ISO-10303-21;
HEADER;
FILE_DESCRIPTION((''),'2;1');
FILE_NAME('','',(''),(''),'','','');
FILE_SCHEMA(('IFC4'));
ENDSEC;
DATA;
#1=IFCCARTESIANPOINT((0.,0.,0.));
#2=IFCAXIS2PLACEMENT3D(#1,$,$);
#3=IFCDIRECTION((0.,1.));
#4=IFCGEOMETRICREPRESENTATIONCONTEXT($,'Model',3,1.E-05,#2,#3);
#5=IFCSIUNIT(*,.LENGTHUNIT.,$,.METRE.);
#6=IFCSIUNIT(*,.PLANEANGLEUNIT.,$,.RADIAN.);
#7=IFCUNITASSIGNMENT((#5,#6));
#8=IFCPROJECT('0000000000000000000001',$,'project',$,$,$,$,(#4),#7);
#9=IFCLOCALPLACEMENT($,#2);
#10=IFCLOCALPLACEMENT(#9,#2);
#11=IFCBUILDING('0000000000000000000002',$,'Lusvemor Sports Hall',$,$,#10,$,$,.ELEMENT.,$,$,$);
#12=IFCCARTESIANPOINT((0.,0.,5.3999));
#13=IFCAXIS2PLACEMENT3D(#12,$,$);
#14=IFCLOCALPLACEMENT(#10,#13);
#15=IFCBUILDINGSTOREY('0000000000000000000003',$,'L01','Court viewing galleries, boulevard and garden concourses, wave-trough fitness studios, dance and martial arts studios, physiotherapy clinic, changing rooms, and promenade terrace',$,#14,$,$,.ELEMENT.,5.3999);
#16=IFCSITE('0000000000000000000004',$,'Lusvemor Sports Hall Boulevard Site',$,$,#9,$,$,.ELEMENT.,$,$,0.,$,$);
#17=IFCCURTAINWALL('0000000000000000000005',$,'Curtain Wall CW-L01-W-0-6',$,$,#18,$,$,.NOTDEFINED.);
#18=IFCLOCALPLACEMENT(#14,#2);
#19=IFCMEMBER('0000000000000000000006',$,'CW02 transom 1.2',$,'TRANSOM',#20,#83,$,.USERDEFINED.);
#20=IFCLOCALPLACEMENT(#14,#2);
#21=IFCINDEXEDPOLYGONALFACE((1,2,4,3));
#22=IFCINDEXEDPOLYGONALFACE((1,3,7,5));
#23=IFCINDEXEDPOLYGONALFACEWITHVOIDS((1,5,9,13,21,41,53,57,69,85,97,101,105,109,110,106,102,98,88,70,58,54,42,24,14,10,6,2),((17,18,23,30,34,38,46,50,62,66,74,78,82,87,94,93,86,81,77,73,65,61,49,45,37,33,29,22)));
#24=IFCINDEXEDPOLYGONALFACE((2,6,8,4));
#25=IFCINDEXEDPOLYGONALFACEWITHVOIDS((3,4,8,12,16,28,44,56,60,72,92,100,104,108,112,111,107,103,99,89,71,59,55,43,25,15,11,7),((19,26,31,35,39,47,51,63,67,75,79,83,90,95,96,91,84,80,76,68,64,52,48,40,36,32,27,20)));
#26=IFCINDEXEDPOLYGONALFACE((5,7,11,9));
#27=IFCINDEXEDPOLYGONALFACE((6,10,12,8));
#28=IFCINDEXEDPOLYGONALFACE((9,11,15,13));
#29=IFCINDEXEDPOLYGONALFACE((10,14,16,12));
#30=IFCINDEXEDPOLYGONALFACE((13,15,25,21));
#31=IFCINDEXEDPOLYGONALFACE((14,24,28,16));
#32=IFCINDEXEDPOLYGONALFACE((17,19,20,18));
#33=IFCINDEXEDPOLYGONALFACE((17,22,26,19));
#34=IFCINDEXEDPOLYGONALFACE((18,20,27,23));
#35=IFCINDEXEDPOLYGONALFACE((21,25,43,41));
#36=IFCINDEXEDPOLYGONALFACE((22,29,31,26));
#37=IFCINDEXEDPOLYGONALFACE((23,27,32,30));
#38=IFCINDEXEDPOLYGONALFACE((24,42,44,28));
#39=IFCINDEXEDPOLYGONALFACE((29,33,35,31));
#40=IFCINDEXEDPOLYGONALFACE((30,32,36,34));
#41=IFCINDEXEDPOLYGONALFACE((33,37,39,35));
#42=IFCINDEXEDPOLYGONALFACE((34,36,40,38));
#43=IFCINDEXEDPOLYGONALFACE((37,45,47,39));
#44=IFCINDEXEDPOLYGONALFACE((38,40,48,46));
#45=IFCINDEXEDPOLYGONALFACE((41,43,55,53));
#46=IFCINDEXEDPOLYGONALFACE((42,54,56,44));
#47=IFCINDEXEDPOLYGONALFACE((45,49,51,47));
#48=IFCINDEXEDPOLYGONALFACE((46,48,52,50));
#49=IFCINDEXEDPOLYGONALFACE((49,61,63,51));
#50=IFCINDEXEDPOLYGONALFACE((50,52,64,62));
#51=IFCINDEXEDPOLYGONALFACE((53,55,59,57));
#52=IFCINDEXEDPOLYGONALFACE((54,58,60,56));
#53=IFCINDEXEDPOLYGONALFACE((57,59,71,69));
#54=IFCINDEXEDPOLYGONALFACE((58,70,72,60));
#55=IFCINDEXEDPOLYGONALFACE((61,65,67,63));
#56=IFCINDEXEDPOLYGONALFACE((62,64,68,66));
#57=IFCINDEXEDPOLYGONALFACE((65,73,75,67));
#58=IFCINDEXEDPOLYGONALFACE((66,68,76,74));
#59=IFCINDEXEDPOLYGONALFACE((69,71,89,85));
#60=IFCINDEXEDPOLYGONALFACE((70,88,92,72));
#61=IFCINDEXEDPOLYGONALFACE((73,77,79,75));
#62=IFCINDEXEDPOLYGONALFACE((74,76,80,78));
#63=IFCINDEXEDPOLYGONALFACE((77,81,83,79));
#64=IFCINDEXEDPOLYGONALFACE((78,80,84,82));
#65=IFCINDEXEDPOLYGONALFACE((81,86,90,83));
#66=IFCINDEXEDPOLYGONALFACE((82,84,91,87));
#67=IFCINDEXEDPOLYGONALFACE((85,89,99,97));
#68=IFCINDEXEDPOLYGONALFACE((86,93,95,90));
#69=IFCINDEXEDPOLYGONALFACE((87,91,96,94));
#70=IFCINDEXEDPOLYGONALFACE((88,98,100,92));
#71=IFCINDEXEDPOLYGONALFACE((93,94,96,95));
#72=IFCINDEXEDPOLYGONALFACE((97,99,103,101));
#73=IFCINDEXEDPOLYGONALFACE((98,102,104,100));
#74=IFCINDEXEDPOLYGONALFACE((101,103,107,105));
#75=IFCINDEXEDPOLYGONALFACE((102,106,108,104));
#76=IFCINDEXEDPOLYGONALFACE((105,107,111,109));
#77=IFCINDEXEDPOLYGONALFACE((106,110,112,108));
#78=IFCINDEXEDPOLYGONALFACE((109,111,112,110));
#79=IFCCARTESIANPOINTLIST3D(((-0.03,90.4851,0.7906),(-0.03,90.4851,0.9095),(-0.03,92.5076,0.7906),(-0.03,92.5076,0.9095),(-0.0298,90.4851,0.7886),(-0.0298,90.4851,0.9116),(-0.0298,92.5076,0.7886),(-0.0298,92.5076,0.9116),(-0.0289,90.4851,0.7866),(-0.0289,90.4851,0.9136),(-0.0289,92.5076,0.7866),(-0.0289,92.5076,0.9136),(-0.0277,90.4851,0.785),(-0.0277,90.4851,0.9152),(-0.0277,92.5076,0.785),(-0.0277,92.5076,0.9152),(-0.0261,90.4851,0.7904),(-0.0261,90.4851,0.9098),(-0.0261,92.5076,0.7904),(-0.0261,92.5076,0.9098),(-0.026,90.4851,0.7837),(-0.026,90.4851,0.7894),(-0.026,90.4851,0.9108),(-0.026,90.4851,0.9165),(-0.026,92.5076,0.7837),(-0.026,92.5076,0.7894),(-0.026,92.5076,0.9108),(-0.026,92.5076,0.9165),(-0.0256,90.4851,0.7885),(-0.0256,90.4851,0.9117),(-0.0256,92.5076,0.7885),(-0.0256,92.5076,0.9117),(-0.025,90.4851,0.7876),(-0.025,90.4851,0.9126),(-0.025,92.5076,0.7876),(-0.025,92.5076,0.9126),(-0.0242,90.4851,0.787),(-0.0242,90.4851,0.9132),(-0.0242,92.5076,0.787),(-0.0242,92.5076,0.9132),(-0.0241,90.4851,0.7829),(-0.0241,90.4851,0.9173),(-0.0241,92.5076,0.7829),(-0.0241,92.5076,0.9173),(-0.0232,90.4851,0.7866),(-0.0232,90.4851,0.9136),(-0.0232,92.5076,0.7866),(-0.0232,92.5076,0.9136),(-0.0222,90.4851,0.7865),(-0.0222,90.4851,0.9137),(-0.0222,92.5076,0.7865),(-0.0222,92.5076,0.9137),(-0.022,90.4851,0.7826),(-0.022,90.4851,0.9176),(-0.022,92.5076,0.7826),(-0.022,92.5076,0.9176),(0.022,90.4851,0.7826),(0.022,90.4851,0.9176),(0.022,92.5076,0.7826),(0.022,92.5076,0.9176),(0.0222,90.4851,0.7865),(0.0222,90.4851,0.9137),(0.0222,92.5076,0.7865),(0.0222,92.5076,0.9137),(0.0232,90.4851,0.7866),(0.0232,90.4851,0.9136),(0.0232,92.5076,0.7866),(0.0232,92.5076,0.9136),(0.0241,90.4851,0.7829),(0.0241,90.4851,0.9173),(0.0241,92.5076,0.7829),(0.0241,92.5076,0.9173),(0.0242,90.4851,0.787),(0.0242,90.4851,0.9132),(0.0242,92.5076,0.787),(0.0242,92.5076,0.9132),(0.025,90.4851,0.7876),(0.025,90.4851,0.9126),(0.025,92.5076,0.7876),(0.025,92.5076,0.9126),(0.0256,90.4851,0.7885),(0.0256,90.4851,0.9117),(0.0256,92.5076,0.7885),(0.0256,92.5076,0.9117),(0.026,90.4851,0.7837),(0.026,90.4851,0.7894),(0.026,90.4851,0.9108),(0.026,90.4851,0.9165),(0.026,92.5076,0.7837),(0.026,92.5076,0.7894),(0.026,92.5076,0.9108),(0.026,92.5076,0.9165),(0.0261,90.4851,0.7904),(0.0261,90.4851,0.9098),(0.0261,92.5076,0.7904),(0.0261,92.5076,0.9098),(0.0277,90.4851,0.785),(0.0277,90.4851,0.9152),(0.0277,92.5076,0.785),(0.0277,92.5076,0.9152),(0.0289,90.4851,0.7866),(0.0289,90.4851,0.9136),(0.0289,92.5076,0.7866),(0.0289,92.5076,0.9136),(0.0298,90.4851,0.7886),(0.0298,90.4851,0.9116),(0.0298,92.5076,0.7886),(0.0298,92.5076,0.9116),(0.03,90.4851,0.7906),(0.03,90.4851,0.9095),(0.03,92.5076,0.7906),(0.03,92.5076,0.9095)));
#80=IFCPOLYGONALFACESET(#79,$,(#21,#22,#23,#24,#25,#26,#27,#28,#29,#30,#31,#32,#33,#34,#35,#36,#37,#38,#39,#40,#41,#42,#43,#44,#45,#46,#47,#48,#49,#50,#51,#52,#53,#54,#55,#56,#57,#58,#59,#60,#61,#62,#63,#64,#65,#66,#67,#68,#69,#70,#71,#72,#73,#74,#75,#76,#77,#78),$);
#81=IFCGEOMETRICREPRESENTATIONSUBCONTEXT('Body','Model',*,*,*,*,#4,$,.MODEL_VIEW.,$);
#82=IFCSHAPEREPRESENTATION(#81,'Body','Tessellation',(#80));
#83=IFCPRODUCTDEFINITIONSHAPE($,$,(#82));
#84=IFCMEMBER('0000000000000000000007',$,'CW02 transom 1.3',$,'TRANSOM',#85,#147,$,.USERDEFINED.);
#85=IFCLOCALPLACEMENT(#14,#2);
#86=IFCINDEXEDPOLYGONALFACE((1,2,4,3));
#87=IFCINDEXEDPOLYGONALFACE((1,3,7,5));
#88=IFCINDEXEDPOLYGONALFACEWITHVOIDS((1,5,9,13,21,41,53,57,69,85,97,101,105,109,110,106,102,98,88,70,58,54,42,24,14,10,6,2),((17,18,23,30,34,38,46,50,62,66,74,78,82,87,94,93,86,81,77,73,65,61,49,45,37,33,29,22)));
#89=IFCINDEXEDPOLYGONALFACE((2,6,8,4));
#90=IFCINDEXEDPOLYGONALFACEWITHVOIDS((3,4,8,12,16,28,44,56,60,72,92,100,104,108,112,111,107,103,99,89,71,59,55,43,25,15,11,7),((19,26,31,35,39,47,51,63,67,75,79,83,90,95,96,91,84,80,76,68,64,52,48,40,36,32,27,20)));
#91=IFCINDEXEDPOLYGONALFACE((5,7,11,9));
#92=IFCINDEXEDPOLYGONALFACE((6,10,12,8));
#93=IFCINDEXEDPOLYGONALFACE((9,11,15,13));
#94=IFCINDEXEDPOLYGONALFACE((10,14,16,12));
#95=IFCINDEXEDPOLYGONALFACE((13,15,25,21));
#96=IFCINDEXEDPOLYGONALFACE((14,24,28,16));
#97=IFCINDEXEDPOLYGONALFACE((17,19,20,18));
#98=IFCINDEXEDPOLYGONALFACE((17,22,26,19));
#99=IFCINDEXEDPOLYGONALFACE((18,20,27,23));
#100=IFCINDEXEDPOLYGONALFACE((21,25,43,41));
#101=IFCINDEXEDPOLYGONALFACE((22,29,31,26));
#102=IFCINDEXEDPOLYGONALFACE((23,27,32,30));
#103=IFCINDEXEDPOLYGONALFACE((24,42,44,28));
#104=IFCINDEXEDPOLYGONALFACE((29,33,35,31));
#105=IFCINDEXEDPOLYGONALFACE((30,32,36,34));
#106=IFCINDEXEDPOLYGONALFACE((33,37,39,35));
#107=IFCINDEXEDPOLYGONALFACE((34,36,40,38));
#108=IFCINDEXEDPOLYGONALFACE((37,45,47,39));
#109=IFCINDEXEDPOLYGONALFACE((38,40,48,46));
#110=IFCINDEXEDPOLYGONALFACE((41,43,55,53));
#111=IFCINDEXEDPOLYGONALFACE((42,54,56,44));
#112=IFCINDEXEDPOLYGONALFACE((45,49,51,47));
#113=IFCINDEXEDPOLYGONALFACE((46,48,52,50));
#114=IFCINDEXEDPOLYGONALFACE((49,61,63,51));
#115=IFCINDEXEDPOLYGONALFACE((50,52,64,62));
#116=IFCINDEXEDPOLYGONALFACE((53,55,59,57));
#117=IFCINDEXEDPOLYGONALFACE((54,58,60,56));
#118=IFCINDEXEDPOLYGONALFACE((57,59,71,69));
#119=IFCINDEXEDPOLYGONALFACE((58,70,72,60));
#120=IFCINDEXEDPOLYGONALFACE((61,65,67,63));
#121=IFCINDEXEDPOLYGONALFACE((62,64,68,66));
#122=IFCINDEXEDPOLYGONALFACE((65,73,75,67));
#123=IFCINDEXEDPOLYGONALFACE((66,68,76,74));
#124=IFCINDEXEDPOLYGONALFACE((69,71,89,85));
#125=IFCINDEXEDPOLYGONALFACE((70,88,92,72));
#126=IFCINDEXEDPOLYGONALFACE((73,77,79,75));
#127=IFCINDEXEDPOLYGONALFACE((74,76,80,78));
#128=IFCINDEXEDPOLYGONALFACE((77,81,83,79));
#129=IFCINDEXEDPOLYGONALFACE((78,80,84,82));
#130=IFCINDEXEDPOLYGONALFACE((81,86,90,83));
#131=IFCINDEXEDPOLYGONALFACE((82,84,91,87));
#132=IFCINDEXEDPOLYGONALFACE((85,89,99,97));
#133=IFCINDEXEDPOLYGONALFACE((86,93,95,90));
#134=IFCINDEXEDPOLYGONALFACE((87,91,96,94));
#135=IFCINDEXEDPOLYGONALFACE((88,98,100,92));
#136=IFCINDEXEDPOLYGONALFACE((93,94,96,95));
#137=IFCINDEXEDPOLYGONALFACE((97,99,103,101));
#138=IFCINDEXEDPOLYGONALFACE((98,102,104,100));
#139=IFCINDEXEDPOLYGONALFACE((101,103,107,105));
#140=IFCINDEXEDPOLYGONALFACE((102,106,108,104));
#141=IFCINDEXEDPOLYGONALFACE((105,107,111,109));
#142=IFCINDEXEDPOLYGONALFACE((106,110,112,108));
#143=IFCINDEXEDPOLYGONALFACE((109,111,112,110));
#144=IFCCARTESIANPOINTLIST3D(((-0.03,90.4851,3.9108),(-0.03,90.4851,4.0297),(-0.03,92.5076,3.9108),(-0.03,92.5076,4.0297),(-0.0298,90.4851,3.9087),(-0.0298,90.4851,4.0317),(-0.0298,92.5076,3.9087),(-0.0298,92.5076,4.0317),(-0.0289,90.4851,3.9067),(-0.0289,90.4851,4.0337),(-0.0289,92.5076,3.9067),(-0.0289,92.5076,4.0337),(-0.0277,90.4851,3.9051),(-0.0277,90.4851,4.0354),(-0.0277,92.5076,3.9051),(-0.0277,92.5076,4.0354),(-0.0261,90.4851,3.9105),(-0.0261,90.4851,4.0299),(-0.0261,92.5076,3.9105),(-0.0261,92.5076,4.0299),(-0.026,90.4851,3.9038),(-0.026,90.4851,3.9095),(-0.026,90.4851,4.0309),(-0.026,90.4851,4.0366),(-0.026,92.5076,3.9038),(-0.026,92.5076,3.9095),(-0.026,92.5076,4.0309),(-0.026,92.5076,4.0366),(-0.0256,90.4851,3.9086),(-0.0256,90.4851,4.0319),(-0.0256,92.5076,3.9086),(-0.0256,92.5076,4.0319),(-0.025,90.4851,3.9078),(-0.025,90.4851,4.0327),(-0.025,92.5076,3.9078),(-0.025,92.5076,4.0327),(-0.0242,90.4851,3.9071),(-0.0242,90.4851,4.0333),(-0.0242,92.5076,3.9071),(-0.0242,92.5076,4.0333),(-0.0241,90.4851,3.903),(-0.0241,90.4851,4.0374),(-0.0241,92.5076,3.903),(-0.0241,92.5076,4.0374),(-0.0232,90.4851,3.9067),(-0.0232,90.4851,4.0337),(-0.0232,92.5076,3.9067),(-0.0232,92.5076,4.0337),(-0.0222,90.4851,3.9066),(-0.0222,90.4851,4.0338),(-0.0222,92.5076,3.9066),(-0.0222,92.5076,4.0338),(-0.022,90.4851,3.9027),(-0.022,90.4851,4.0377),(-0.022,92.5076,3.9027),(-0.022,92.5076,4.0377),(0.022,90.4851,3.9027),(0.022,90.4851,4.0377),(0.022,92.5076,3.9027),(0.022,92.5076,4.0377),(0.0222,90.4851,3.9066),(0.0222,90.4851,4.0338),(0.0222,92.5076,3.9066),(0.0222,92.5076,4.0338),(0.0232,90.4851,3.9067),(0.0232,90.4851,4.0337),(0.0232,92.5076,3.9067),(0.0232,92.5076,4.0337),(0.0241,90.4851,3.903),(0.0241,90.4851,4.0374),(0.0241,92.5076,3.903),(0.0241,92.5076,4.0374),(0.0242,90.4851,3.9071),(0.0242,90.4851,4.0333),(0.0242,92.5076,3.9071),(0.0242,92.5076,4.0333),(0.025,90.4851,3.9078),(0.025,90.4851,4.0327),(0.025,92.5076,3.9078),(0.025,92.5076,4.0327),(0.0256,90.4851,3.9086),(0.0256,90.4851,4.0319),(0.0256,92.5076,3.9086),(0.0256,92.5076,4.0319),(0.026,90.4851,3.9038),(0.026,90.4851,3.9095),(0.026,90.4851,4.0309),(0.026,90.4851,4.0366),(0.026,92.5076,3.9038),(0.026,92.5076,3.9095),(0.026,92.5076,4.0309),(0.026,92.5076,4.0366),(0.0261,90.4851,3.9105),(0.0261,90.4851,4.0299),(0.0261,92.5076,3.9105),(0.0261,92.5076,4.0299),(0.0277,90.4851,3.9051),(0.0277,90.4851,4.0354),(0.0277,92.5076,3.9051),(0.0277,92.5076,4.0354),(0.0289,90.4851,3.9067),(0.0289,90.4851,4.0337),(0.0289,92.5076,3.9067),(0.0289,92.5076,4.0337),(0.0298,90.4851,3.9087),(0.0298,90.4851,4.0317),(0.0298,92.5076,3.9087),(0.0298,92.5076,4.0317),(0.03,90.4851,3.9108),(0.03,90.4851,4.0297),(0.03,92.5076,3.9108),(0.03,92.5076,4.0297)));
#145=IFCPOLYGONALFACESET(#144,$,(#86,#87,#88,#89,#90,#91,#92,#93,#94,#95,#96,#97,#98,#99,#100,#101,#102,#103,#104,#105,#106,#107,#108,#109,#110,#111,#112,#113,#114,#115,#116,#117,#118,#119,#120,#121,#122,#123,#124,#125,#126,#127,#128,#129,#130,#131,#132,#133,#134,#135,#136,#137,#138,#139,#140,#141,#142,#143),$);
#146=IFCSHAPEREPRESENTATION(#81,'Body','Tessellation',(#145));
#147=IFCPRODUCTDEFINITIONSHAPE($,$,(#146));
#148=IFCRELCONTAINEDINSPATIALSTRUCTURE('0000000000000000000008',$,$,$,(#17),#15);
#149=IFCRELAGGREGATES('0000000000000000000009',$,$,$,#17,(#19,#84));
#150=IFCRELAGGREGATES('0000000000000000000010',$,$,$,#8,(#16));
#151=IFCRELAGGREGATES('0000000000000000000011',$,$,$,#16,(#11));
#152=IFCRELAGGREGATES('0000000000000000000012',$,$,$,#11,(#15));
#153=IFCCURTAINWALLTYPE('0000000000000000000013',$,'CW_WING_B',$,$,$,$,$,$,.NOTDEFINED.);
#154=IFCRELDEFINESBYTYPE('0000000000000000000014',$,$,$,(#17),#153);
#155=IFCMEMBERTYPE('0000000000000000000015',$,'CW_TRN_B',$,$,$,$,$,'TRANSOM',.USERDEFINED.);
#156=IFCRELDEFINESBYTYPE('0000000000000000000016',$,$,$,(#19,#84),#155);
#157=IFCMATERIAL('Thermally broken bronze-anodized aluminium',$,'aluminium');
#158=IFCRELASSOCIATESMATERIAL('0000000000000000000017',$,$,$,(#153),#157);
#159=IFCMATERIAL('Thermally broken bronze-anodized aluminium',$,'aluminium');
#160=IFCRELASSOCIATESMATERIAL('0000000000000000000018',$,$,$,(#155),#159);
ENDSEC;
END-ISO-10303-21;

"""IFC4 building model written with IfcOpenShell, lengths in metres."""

from ifc_helpers import new_model, si_unit, direction, frame, origin, origin_2d, place, context, subcontext, project, spatial, hollow_rectangle, extrude, material, material_profile, profile_set, type_object, element, aggregate, save


model = new_model("IFC4")

# Units and contexts
model_context = context("Model", 3, precision=1e-05, world=origin(), true_north=direction((0.0, 1.0)))
body_context = subcontext(model_context, "Body", "Model", "MODEL_VIEW")
ifc_project = project(units=[si_unit("LENGTHUNIT", "METRE"), si_unit("PLANEANGLEUNIT", "RADIAN")], contexts=[model_context])

# Site, building, storey
site_placement = place(None, origin())
site = spatial("IfcSite", under=ifc_project, at=site_placement, Name="Lusvemor Sports Hall Boulevard Site", CompositionType="ELEMENT", RefElevation=0.0)
building_placement = place(site_placement, origin())
building = spatial("IfcBuilding", under=site, at=building_placement, Name="Lusvemor Sports Hall", CompositionType="ELEMENT")
storey_placement = place(building_placement, frame((0.0, 0.0, 5.3999)))
storey = spatial("IfcBuildingStorey", under=building, at=storey_placement, Name="L01", Description="Court viewing galleries, boulevard and garden concourses, wave-trough fitness studios, dance and martial arts studios, physiotherapy clinic, changing rooms, and promenade terrace", CompositionType="ELEMENT", Elevation=5.3999)

# Curtain wall
ifc_material_1 = material(Name="Thermally broken bronze-anodized aluminium", Category="aluminium")
curtain_wall_type_1 = type_object("IfcCurtainWallType", Name="CW_WING_B", PredefinedType="NOTDEFINED", material=ifc_material_1)
curtain_wall_1_placement = place(storey_placement, origin())
curtain_wall_1 = element("IfcCurtainWall", 1, at=curtain_wall_1_placement, inside=storey, type_object=curtain_wall_type_1, Name="Curtain Wall CW-L01-W-0-6", PredefinedType="NOTDEFINED")

# Members
ifc_material_2 = material(Name="Thermally broken bronze-anodized aluminium", Category="aluminium")
ifc_material_profile_1 = material_profile(ifc_material_2, hollow_rectangle(XDim=0.0601, YDim=0.135, WallThickness=0.0039, InnerFilletRadius=0.0039, OuterFilletRadius=0.0081, at=origin_2d()), Name="CWTRN135x60x4")
ifc_profile_set_1 = profile_set([ifc_material_profile_1], Name="Thermally broken bronze-anodized aluminium")
member_type_1 = type_object("IfcMemberType", Name="CW_TRN_B", ElementType="TRANSOM", PredefinedType="USERDEFINED", material=ifc_profile_set_1)
member_1_placement = place(storey_placement, frame((0.0, 90.4851, 0.8501), z_axis=(0.0, 1.0, 0.0), x_axis=(-1.0, 0.0, 0.0)))
member_1 = element("IfcMember", 2, at=member_1_placement, type_object=member_type_1, Name="CW02 transom 1.2", ObjectType="TRANSOM", PredefinedType="USERDEFINED", context=body_context, shape_type="SweptSolid", body=[
    extrude(hollow_rectangle(XDim=0.0601, YDim=0.135, WallThickness=0.0039, InnerFilletRadius=0.0039, OuterFilletRadius=0.0081, at=origin_2d()), origin(), (0.0, 0.0, 1.0), 2.0225),
])
member_2_placement = place(storey_placement, frame((0.0, 90.4851, 3.9702), z_axis=(0.0, 1.0, 0.0), x_axis=(-1.0, 0.0, 0.0)))
member_2 = element("IfcMember", 3, at=member_2_placement, type_object=member_type_1, Name="CW02 transom 1.3", ObjectType="TRANSOM", PredefinedType="USERDEFINED", context=body_context, shape_type="SweptSolid", body=[
    extrude(hollow_rectangle(XDim=0.0601, YDim=0.135, WallThickness=0.0039, InnerFilletRadius=0.0039, OuterFilletRadius=0.0081, at=origin_2d()), origin(), (0.0, 0.0, 1.0), 2.0225),
])
aggregate(curtain_wall_1, [member_1, member_2])

save(model, "model.ifc")
